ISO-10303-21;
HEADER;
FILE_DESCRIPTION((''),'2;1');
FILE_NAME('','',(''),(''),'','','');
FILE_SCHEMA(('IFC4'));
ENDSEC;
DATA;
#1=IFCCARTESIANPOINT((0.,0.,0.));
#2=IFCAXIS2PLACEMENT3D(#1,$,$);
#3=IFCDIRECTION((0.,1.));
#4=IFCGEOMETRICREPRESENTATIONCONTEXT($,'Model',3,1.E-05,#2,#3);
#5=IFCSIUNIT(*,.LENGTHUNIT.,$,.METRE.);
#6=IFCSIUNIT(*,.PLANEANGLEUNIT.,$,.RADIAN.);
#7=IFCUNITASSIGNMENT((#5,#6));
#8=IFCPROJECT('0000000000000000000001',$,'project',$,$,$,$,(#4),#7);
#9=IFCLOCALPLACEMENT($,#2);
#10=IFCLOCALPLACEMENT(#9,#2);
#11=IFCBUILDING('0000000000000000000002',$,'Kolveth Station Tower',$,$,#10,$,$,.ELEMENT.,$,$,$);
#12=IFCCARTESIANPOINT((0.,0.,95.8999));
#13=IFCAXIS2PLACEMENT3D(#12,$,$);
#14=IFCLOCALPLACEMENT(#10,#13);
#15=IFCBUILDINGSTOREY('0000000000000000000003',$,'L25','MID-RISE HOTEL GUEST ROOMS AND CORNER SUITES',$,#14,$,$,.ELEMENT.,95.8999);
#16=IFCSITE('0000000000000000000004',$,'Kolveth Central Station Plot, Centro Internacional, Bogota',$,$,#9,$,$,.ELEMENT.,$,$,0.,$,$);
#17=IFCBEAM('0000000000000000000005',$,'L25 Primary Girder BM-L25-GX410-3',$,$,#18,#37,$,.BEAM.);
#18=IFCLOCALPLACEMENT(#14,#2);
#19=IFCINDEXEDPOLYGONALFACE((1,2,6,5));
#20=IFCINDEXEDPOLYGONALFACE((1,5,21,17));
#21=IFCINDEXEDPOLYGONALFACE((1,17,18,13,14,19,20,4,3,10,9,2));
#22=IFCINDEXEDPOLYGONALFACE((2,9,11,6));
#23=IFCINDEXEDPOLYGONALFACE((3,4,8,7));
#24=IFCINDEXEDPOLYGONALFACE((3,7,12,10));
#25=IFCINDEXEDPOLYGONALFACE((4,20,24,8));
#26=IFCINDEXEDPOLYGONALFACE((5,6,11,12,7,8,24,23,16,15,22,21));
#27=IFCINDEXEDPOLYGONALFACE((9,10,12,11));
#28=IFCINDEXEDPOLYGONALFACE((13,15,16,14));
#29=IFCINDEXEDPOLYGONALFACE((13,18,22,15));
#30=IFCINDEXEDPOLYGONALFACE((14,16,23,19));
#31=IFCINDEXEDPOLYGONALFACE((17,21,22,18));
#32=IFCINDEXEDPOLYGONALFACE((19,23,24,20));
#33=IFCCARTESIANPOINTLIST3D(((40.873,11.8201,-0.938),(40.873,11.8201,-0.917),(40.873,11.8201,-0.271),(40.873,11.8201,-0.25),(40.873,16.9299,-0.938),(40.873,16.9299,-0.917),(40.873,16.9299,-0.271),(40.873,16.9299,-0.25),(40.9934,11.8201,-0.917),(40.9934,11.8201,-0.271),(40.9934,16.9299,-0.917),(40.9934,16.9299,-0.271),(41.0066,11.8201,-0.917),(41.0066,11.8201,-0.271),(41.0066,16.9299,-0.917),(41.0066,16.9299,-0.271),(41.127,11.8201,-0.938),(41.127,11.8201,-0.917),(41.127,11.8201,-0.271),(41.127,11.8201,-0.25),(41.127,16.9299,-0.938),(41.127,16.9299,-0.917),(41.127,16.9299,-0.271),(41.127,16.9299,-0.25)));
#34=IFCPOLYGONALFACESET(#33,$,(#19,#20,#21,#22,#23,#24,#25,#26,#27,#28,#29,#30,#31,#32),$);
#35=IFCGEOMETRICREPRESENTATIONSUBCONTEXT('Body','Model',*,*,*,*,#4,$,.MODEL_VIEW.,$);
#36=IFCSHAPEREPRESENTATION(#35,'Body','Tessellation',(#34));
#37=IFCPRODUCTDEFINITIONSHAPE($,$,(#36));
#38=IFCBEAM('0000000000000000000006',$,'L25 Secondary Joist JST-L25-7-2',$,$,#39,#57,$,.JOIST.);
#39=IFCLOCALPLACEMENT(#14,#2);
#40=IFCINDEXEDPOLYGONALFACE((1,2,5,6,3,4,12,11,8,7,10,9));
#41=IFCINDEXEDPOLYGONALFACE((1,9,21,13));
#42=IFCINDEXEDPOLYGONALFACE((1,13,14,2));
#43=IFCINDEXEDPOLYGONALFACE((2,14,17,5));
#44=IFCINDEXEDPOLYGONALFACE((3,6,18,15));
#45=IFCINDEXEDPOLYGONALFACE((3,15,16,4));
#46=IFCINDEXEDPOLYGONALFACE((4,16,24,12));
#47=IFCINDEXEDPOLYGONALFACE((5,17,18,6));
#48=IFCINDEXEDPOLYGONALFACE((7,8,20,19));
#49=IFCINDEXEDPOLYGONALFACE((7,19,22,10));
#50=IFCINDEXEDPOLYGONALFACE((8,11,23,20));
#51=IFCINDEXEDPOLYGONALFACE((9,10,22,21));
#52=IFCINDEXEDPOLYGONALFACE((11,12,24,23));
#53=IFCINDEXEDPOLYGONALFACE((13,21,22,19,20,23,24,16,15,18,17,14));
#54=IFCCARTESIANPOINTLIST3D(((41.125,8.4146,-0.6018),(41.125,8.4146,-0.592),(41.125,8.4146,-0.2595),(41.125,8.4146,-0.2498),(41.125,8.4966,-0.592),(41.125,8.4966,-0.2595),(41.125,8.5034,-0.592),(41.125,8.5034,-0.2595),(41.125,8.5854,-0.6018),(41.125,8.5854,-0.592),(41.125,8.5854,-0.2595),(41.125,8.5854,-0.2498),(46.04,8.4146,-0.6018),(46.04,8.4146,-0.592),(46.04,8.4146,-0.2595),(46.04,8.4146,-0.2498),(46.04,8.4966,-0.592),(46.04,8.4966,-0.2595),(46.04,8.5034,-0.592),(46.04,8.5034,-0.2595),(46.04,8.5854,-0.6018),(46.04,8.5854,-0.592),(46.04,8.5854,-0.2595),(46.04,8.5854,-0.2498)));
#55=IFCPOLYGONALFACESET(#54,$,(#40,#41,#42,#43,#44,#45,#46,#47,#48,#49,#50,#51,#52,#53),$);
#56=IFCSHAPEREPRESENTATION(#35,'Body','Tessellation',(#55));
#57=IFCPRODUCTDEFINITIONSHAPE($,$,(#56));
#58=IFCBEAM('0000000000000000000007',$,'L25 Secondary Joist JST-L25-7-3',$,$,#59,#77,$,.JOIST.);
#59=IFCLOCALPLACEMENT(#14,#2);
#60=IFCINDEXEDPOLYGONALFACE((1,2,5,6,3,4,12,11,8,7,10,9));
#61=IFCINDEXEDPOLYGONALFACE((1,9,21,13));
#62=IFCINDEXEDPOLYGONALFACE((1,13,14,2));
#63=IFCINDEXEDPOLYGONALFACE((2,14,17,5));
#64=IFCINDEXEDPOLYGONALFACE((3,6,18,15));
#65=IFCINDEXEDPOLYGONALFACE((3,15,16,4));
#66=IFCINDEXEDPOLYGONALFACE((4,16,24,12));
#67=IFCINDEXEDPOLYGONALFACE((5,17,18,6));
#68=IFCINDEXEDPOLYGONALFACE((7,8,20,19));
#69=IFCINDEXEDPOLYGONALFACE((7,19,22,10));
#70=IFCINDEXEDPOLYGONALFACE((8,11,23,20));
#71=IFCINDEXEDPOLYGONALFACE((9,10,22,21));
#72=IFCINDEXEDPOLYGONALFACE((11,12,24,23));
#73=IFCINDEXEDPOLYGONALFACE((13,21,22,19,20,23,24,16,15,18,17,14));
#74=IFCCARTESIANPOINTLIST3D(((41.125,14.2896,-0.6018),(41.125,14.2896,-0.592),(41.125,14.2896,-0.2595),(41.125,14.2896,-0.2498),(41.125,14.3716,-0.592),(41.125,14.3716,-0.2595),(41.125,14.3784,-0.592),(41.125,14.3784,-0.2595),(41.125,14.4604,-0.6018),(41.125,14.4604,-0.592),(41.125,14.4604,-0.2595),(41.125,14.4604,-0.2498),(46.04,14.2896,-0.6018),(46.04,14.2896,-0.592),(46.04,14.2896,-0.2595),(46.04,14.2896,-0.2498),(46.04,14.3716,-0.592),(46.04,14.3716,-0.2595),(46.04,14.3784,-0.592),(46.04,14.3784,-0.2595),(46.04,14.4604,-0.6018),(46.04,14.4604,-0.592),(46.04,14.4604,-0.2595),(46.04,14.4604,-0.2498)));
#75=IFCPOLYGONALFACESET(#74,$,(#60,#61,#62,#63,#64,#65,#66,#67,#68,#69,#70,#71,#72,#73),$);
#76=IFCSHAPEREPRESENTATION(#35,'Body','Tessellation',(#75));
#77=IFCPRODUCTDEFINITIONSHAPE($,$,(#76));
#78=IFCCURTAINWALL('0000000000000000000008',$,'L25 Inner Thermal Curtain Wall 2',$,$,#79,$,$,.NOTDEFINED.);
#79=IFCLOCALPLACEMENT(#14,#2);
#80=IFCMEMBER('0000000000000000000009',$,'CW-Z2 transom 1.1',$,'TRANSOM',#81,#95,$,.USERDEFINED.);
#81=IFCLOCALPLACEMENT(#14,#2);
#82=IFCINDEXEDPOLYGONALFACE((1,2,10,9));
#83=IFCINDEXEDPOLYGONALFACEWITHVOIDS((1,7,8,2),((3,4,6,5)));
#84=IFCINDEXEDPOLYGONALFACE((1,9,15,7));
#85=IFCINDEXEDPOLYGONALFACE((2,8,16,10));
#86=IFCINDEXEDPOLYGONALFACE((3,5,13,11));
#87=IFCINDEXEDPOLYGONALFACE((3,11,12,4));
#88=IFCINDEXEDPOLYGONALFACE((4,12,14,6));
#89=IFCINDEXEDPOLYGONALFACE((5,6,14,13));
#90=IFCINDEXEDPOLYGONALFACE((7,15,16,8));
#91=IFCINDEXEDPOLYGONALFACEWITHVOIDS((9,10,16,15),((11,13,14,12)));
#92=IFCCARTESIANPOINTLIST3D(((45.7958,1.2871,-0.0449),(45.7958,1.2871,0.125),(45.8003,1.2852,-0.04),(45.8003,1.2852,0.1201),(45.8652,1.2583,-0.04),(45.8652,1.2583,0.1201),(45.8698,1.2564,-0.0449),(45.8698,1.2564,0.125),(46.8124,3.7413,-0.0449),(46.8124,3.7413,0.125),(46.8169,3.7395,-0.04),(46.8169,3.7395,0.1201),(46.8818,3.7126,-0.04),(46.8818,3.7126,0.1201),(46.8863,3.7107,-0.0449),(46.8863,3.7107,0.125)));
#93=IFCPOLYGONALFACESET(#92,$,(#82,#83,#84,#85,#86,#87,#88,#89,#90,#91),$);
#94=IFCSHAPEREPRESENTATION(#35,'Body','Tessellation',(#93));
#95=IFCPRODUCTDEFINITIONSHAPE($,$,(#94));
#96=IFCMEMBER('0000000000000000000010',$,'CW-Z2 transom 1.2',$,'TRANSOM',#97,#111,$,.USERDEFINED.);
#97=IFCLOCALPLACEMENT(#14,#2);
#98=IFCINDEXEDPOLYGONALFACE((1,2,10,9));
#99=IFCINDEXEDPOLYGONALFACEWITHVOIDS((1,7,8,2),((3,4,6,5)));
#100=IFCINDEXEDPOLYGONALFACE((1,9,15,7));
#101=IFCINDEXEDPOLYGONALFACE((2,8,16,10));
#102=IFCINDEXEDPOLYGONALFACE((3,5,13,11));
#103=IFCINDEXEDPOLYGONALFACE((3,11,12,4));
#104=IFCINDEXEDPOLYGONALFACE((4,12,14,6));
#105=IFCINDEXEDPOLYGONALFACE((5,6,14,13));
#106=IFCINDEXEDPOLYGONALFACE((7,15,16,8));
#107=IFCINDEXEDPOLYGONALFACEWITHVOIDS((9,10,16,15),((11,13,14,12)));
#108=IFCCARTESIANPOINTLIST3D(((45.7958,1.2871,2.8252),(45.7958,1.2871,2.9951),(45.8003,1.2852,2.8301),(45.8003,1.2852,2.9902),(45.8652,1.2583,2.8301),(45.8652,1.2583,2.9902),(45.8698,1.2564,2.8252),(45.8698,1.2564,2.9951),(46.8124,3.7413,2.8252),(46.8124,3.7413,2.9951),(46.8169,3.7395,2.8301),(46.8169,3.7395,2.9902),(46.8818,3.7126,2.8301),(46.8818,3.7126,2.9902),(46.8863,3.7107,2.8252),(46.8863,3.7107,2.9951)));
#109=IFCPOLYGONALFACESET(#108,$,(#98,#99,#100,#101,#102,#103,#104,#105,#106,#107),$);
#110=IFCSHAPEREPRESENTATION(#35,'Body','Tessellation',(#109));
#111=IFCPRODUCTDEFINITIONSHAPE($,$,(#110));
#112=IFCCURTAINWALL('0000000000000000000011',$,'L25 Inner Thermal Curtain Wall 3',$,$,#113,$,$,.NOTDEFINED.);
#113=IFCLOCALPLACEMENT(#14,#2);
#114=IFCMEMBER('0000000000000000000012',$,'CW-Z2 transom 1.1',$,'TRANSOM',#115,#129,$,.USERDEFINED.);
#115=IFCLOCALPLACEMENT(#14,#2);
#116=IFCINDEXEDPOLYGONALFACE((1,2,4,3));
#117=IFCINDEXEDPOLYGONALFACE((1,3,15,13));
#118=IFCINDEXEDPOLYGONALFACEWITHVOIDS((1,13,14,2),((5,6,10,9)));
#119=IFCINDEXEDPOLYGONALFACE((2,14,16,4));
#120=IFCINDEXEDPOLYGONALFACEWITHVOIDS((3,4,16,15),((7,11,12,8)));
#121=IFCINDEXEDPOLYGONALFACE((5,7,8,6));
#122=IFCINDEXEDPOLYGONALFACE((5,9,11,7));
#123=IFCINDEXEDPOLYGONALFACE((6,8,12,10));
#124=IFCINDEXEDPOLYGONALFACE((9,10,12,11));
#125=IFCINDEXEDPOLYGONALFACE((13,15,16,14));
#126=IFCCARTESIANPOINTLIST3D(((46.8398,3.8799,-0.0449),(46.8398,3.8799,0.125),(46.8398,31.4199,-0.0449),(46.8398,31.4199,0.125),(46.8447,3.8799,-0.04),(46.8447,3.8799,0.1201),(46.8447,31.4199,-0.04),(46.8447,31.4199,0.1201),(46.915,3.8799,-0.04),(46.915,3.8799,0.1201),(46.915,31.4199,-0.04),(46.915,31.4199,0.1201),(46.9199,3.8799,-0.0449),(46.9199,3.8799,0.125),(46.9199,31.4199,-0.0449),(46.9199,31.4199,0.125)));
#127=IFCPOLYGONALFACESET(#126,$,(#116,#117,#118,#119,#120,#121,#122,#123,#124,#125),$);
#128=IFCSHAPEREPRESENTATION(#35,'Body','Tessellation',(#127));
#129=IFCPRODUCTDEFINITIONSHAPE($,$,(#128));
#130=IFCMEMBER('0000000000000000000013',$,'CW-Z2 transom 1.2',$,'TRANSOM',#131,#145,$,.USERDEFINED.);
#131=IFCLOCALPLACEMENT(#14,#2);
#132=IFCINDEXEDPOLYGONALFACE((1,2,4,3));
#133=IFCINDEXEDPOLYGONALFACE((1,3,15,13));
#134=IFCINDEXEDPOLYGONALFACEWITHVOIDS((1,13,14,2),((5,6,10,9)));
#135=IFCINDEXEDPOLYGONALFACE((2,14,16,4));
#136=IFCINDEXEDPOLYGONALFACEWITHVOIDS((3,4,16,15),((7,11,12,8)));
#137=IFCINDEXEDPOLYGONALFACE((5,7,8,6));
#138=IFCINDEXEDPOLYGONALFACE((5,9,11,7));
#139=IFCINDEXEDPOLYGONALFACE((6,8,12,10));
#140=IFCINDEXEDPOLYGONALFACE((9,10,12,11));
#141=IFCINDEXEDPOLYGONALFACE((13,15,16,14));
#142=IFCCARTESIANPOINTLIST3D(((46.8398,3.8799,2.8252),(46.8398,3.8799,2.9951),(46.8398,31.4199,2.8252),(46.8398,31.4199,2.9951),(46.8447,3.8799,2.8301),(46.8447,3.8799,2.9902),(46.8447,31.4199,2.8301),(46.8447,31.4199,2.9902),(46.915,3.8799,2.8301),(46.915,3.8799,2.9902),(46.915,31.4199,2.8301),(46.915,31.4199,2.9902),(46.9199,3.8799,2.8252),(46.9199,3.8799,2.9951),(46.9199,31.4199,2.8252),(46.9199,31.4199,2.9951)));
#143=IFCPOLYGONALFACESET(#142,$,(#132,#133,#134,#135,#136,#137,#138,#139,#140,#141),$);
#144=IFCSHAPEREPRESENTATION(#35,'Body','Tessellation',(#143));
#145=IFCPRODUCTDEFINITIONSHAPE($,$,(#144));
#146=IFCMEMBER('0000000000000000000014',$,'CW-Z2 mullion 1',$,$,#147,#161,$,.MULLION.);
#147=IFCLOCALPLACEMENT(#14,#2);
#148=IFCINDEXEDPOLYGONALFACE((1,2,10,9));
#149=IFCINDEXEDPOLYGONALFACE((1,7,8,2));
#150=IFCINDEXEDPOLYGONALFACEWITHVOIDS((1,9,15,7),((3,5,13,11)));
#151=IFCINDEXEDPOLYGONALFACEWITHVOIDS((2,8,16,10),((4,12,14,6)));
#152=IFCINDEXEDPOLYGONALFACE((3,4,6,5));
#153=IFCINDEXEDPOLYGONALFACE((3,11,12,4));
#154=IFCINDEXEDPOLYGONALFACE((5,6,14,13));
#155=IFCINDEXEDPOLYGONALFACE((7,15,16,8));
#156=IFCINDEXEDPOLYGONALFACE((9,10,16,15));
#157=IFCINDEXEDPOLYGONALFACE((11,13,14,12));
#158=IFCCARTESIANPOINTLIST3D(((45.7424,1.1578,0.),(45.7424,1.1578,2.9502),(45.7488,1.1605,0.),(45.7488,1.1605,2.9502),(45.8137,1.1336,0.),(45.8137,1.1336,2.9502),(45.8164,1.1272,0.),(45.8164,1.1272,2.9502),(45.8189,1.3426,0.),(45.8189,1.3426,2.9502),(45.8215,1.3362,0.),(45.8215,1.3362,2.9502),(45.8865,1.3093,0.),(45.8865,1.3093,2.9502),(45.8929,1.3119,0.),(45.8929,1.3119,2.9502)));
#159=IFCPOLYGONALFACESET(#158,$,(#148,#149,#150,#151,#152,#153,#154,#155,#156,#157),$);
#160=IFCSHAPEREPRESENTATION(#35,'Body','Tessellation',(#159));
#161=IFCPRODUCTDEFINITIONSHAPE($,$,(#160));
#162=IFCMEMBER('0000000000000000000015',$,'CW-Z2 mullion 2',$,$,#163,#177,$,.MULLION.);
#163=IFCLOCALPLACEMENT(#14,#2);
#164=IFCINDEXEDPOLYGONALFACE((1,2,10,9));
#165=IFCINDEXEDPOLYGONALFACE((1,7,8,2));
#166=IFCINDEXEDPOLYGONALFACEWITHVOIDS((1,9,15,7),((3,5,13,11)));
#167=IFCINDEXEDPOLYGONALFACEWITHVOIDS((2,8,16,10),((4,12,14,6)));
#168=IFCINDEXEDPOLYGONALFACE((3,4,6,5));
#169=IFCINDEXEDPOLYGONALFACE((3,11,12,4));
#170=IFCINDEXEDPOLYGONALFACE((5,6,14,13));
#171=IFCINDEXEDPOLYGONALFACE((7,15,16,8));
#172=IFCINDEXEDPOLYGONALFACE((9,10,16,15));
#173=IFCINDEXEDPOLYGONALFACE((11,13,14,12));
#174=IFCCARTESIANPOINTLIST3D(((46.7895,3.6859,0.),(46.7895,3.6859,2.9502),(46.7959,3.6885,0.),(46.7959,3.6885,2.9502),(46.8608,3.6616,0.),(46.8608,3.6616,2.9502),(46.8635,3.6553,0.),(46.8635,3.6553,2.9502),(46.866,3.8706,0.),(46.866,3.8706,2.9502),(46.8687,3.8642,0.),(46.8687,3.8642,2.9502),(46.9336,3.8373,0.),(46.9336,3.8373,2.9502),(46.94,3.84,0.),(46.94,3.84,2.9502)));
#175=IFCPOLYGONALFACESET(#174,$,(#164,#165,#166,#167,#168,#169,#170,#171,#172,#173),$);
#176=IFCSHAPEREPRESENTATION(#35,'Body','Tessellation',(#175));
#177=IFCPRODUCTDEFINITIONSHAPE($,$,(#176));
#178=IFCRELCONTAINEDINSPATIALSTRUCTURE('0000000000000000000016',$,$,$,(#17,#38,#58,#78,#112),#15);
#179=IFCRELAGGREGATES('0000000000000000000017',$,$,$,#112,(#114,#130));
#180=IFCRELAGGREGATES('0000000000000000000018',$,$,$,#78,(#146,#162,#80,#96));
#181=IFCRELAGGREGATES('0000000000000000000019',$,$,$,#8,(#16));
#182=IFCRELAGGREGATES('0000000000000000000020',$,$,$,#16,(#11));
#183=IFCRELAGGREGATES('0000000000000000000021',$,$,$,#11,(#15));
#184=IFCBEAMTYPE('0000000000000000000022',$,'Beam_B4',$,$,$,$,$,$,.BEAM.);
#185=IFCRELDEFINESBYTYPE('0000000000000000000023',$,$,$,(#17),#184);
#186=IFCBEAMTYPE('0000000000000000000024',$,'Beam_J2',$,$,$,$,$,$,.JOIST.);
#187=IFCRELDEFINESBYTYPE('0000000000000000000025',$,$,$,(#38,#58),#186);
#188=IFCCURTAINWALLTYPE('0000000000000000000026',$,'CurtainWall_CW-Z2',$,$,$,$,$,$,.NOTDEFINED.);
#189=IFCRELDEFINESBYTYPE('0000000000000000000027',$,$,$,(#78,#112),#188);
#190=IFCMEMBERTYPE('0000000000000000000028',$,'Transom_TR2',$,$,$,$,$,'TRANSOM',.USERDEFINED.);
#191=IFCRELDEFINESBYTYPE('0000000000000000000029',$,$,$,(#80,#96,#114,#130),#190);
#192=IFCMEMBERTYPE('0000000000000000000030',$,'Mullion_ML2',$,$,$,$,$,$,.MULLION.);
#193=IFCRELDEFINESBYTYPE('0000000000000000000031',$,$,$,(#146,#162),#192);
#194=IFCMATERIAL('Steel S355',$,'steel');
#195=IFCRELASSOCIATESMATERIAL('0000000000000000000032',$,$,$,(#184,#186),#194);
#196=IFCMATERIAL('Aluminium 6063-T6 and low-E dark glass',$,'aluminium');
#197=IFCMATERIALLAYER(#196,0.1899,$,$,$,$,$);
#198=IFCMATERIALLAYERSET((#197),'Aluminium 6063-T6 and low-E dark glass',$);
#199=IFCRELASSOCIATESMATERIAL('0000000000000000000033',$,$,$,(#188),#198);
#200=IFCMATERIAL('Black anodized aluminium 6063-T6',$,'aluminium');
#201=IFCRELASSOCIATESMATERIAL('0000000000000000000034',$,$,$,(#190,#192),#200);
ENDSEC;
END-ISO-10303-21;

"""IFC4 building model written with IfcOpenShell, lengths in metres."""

from ifc_helpers import new_model, si_unit, direction, frame, origin, origin_2d, place, context, subcontext, project, spatial, hollow_rectangle, i_section, extrude, source, transform, mapped, material, layer, layer_set, material_profile, profile_set, type_object, element, aggregate, save


model = new_model("IFC4")

# Units and contexts
model_context = context("Model", 3, precision=1e-05, world=origin(), true_north=direction((0.0, 1.0)))
body_context = subcontext(model_context, "Body", "Model", "MODEL_VIEW")
ifc_project = project(units=[si_unit("LENGTHUNIT", "METRE"), si_unit("PLANEANGLEUNIT", "RADIAN")], contexts=[model_context])

# Site, building, storey
site_placement = place(None, origin())
site = spatial("IfcSite", under=ifc_project, at=site_placement, Name="Kolveth Central Station Plot, Centro Internacional, Bogota", CompositionType="ELEMENT", RefElevation=0.0)
building_placement = place(site_placement, origin())
building = spatial("IfcBuilding", under=site, at=building_placement, Name="Kolveth Station Tower", CompositionType="ELEMENT")
storey_placement = place(building_placement, frame((0.0, 0.0, 95.8999)))
storey = spatial("IfcBuildingStorey", under=building, at=storey_placement, Name="L25", Description="MID-RISE HOTEL GUEST ROOMS AND CORNER SUITES", CompositionType="ELEMENT", Elevation=95.8999)

# Beams
ifc_material_1 = material(Name="Steel S355", Category="steel")
ifc_material_profile_1 = material_profile(ifc_material_1, i_section(OverallWidth=0.2539, OverallDepth=0.688, WebThickness=0.0132, FlangeThickness=0.021, at=origin_2d()), Name="W690x152")
ifc_profile_set_1 = profile_set([ifc_material_profile_1], Name="Steel S355")
beam_type_1 = type_object("IfcBeamType", Name="Beam_B4", PredefinedType="BEAM", material=ifc_profile_set_1)
shared_shape_1 = source(origin(), body_context, "Body", "SweptSolid", [
    extrude(i_section(OverallWidth=0.2539, OverallDepth=0.688, WebThickness=0.0132, FlangeThickness=0.021, at=origin_2d()), origin(), (0.0, 0.0, 1.0), 5.1099),
])
beam_1_placement = place(storey_placement, frame((41.0, 11.8201, -0.594), z_axis=(0.0, 1.0, 0.0), x_axis=(-1.0, 0.0, 0.0)))
element("IfcBeam", 1, at=beam_1_placement, inside=storey, type_object=beam_type_1, Name="L25 Primary Girder BM-L25-GX410-3", PredefinedType="BEAM", context=body_context, shape_type="MappedRepresentation", body=[
    mapped(shared_shape_1, transform((0.0, 0.0, 0.0), x_axis=(1.0, 0.0, 0.0), y_axis=(0.0, 1.0, 0.0), z_axis=(0.0, 0.0, 1.0), scale=1.0)),
])
ifc_material_profile_2 = material_profile(ifc_material_1, i_section(OverallWidth=0.1709, OverallDepth=0.3521, WebThickness=0.0068, FlangeThickness=0.0098, at=origin_2d()), Name="W360x44")
ifc_profile_set_2 = profile_set([ifc_material_profile_2], Name="Steel S355")
beam_type_2 = type_object("IfcBeamType", Name="Beam_J2", PredefinedType="JOIST", material=ifc_profile_set_2)
shared_shape_2 = source(origin(), body_context, "Body", "SweptSolid", [
    extrude(i_section(OverallWidth=0.1709, OverallDepth=0.3521, WebThickness=0.0068, FlangeThickness=0.0098, at=origin_2d()), origin(), (0.0, 0.0, 1.0), 4.915),
])
for number, where, z_axis, x_axis, name in (
    (2, (41.125, 8.5, -0.4258), (1.0, 0.0, 0.0), (0.0, 1.0, 0.0), "L25 Secondary Joist JST-L25-7-2"),
    (3, (41.125, 14.375, -0.4258), (1.0, 0.0, 0.0), (0.0, 1.0, 0.0), "L25 Secondary Joist JST-L25-7-3"),
):
    element("IfcBeam", number, at=place(storey_placement, frame(where, z_axis=z_axis, x_axis=x_axis)), inside=storey, type_object=beam_type_2, Name=name, PredefinedType="JOIST", context=body_context, shape_type="MappedRepresentation", body=[
        mapped(shared_shape_2, transform((0.0, 0.0, 0.0), x_axis=(1.0, 0.0, 0.0), y_axis=(0.0, 1.0, 0.0), z_axis=(0.0, 0.0, 1.0), scale=1.0)),
    ])

# Curtain walls, members
ifc_material_2 = material(Name="Aluminium 6063-T6 and low-E dark glass", Category="aluminium")
ifc_layer_1 = layer(ifc_material_2, 0.1899)
ifc_layer_set_1 = layer_set([ifc_layer_1], Name="Aluminium 6063-T6 and low-E dark glass")
curtain_wall_type_1 = type_object("IfcCurtainWallType", Name="CurtainWall_CW-Z2", PredefinedType="NOTDEFINED", material=ifc_layer_set_1)
curtain_wall_1_placement = place(storey_placement, origin())
curtain_wall_1 = element("IfcCurtainWall", 4, at=curtain_wall_1_placement, inside=storey, type_object=curtain_wall_type_1, Name="L25 Inner Thermal Curtain Wall 2", PredefinedType="NOTDEFINED")
ifc_material_3 = material(Name="Black anodized aluminium 6063-T6", Category="aluminium")
ifc_material_profile_3 = material_profile(ifc_material_3, hollow_rectangle(XDim=0.0801, YDim=0.1699, WallThickness=0.0049, at=origin_2d()), Name="ALU-80x170x5")
ifc_profile_set_3 = profile_set([ifc_material_profile_3], Name="Black anodized aluminium 6063-T6")
member_type_1 = type_object("IfcMemberType", Name="Transom_TR2", ElementType="TRANSOM", PredefinedType="USERDEFINED", material=ifc_profile_set_3)
shared_shape_3 = source(origin(), body_context, "Body", "SweptSolid", [
    extrude(hollow_rectangle(XDim=0.0801, YDim=0.1699, WallThickness=0.0049, at=origin_2d()), origin(), (0.0, 0.0, 1.0), 2.6565),
])
member_1_placement = place(storey_placement, frame((45.8328, 1.2717, 0.04), z_axis=(0.382676, 0.923882, 0.0), x_axis=(-0.923882, 0.382676, 0.0)))
member_1 = element("IfcMember", 5, at=member_1_placement, type_object=member_type_1, Name="CW-Z2 transom 1.1", ObjectType="TRANSOM", PredefinedType="USERDEFINED", context=body_context, shape_type="MappedRepresentation", body=[
    mapped(shared_shape_3, transform((0.0, 0.0, 0.0), x_axis=(1.0, 0.0, 0.0), y_axis=(0.0, 1.0, 0.0), z_axis=(0.0, 0.0, 1.0), scale=1.0)),
])
member_2_placement = place(storey_placement, frame((45.8328, 1.2717, 2.9102), z_axis=(0.382676, 0.923882, 0.0), x_axis=(-0.923882, 0.382676, 0.0)))
member_2 = element("IfcMember", 6, at=member_2_placement, type_object=member_type_1, Name="CW-Z2 transom 1.2", ObjectType="TRANSOM", PredefinedType="USERDEFINED", context=body_context, shape_type="MappedRepresentation", body=[
    mapped(shared_shape_3, transform((0.0, 0.0, 0.0), x_axis=(1.0, 0.0, 0.0), y_axis=(0.0, 1.0, 0.0), z_axis=(0.0, 0.0, 1.0), scale=1.0)),
])
curtain_wall_2_placement = place(storey_placement, origin())
curtain_wall_2 = element("IfcCurtainWall", 7, at=curtain_wall_2_placement, inside=storey, type_object=curtain_wall_type_1, Name="L25 Inner Thermal Curtain Wall 3", PredefinedType="NOTDEFINED")
shared_shape_4 = source(origin(), body_context, "Body", "SweptSolid", [
    extrude(hollow_rectangle(XDim=0.0801, YDim=0.1699, WallThickness=0.0049, at=origin_2d()), origin(), (0.0, 0.0, 1.0), 27.54),
])
member_3_placement = place(storey_placement, frame((46.8799, 3.8799, 0.04), z_axis=(0.0, 1.0, 0.0), x_axis=(-1.0, 0.0, 0.0)))
member_3 = element("IfcMember", 8, at=member_3_placement, type_object=member_type_1, Name="CW-Z2 transom 1.1", ObjectType="TRANSOM", PredefinedType="USERDEFINED", context=body_context, shape_type="MappedRepresentation", body=[
    mapped(shared_shape_4, transform((0.0, 0.0, 0.0), x_axis=(1.0, 0.0, 0.0), y_axis=(0.0, 1.0, 0.0), z_axis=(0.0, 0.0, 1.0), scale=1.0)),
])
member_4_placement = place(storey_placement, frame((46.8799, 3.8799, 2.9102), z_axis=(0.0, 1.0, 0.0), x_axis=(-1.0, 0.0, 0.0)))
member_4 = element("IfcMember", 9, at=member_4_placement, type_object=member_type_1, Name="CW-Z2 transom 1.2", ObjectType="TRANSOM", PredefinedType="USERDEFINED", context=body_context, shape_type="MappedRepresentation", body=[
    mapped(shared_shape_4, transform((0.0, 0.0, 0.0), x_axis=(1.0, 0.0, 0.0), y_axis=(0.0, 1.0, 0.0), z_axis=(0.0, 0.0, 1.0), scale=1.0)),
])

# Members
ifc_material_profile_4 = material_profile(ifc_material_3, hollow_rectangle(XDim=0.0801, YDim=0.2, WallThickness=0.0049, at=origin_2d()), Name="ALU-80x200x5")
ifc_profile_set_4 = profile_set([ifc_material_profile_4], Name="Black anodized aluminium 6063-T6")
member_type_2 = type_object("IfcMemberType", Name="Mullion_ML2", PredefinedType="MULLION", material=ifc_profile_set_4)
shared_shape_5 = source(origin(), body_context, "Body", "SweptSolid", [
    extrude(hollow_rectangle(XDim=0.0801, YDim=0.2, WallThickness=0.0049, at=origin_2d()), origin(), (0.0, 0.0, 1.0), 2.9502),
])
member_5_placement = place(storey_placement, frame((45.8176, 1.2349, 0.0), z_axis=(0.0, 0.0, 1.0), x_axis=(-0.923888, 0.382663, 0.0)))
member_5 = element("IfcMember", 10, at=member_5_placement, type_object=member_type_2, Name="CW-Z2 mullion 1", PredefinedType="MULLION", context=body_context, shape_type="MappedRepresentation", body=[
    mapped(shared_shape_5, transform((0.0, 0.0, 0.0), x_axis=(1.0, 0.0, 0.0), y_axis=(0.0, 1.0, 0.0), z_axis=(0.0, 0.0, 1.0), scale=1.0)),
])
member_6_placement = place(storey_placement, frame((46.8647, 3.7629, 0.0), z_axis=(0.0, 0.0, 1.0), x_axis=(-0.923888, 0.382663, 0.0)))
member_6 = element("IfcMember", 11, at=member_6_placement, type_object=member_type_2, Name="CW-Z2 mullion 2", PredefinedType="MULLION", context=body_context, shape_type="MappedRepresentation", body=[
    mapped(shared_shape_5, transform((0.0, 0.0, 0.0), x_axis=(1.0, 0.0, 0.0), y_axis=(0.0, 1.0, 0.0), z_axis=(0.0, 0.0, 1.0), scale=1.0)),
])
aggregate(curtain_wall_2, [member_3, member_4])

aggregate(curtain_wall_1, [member_5, member_6, member_1, member_2])

save(model, "model.ifc")
